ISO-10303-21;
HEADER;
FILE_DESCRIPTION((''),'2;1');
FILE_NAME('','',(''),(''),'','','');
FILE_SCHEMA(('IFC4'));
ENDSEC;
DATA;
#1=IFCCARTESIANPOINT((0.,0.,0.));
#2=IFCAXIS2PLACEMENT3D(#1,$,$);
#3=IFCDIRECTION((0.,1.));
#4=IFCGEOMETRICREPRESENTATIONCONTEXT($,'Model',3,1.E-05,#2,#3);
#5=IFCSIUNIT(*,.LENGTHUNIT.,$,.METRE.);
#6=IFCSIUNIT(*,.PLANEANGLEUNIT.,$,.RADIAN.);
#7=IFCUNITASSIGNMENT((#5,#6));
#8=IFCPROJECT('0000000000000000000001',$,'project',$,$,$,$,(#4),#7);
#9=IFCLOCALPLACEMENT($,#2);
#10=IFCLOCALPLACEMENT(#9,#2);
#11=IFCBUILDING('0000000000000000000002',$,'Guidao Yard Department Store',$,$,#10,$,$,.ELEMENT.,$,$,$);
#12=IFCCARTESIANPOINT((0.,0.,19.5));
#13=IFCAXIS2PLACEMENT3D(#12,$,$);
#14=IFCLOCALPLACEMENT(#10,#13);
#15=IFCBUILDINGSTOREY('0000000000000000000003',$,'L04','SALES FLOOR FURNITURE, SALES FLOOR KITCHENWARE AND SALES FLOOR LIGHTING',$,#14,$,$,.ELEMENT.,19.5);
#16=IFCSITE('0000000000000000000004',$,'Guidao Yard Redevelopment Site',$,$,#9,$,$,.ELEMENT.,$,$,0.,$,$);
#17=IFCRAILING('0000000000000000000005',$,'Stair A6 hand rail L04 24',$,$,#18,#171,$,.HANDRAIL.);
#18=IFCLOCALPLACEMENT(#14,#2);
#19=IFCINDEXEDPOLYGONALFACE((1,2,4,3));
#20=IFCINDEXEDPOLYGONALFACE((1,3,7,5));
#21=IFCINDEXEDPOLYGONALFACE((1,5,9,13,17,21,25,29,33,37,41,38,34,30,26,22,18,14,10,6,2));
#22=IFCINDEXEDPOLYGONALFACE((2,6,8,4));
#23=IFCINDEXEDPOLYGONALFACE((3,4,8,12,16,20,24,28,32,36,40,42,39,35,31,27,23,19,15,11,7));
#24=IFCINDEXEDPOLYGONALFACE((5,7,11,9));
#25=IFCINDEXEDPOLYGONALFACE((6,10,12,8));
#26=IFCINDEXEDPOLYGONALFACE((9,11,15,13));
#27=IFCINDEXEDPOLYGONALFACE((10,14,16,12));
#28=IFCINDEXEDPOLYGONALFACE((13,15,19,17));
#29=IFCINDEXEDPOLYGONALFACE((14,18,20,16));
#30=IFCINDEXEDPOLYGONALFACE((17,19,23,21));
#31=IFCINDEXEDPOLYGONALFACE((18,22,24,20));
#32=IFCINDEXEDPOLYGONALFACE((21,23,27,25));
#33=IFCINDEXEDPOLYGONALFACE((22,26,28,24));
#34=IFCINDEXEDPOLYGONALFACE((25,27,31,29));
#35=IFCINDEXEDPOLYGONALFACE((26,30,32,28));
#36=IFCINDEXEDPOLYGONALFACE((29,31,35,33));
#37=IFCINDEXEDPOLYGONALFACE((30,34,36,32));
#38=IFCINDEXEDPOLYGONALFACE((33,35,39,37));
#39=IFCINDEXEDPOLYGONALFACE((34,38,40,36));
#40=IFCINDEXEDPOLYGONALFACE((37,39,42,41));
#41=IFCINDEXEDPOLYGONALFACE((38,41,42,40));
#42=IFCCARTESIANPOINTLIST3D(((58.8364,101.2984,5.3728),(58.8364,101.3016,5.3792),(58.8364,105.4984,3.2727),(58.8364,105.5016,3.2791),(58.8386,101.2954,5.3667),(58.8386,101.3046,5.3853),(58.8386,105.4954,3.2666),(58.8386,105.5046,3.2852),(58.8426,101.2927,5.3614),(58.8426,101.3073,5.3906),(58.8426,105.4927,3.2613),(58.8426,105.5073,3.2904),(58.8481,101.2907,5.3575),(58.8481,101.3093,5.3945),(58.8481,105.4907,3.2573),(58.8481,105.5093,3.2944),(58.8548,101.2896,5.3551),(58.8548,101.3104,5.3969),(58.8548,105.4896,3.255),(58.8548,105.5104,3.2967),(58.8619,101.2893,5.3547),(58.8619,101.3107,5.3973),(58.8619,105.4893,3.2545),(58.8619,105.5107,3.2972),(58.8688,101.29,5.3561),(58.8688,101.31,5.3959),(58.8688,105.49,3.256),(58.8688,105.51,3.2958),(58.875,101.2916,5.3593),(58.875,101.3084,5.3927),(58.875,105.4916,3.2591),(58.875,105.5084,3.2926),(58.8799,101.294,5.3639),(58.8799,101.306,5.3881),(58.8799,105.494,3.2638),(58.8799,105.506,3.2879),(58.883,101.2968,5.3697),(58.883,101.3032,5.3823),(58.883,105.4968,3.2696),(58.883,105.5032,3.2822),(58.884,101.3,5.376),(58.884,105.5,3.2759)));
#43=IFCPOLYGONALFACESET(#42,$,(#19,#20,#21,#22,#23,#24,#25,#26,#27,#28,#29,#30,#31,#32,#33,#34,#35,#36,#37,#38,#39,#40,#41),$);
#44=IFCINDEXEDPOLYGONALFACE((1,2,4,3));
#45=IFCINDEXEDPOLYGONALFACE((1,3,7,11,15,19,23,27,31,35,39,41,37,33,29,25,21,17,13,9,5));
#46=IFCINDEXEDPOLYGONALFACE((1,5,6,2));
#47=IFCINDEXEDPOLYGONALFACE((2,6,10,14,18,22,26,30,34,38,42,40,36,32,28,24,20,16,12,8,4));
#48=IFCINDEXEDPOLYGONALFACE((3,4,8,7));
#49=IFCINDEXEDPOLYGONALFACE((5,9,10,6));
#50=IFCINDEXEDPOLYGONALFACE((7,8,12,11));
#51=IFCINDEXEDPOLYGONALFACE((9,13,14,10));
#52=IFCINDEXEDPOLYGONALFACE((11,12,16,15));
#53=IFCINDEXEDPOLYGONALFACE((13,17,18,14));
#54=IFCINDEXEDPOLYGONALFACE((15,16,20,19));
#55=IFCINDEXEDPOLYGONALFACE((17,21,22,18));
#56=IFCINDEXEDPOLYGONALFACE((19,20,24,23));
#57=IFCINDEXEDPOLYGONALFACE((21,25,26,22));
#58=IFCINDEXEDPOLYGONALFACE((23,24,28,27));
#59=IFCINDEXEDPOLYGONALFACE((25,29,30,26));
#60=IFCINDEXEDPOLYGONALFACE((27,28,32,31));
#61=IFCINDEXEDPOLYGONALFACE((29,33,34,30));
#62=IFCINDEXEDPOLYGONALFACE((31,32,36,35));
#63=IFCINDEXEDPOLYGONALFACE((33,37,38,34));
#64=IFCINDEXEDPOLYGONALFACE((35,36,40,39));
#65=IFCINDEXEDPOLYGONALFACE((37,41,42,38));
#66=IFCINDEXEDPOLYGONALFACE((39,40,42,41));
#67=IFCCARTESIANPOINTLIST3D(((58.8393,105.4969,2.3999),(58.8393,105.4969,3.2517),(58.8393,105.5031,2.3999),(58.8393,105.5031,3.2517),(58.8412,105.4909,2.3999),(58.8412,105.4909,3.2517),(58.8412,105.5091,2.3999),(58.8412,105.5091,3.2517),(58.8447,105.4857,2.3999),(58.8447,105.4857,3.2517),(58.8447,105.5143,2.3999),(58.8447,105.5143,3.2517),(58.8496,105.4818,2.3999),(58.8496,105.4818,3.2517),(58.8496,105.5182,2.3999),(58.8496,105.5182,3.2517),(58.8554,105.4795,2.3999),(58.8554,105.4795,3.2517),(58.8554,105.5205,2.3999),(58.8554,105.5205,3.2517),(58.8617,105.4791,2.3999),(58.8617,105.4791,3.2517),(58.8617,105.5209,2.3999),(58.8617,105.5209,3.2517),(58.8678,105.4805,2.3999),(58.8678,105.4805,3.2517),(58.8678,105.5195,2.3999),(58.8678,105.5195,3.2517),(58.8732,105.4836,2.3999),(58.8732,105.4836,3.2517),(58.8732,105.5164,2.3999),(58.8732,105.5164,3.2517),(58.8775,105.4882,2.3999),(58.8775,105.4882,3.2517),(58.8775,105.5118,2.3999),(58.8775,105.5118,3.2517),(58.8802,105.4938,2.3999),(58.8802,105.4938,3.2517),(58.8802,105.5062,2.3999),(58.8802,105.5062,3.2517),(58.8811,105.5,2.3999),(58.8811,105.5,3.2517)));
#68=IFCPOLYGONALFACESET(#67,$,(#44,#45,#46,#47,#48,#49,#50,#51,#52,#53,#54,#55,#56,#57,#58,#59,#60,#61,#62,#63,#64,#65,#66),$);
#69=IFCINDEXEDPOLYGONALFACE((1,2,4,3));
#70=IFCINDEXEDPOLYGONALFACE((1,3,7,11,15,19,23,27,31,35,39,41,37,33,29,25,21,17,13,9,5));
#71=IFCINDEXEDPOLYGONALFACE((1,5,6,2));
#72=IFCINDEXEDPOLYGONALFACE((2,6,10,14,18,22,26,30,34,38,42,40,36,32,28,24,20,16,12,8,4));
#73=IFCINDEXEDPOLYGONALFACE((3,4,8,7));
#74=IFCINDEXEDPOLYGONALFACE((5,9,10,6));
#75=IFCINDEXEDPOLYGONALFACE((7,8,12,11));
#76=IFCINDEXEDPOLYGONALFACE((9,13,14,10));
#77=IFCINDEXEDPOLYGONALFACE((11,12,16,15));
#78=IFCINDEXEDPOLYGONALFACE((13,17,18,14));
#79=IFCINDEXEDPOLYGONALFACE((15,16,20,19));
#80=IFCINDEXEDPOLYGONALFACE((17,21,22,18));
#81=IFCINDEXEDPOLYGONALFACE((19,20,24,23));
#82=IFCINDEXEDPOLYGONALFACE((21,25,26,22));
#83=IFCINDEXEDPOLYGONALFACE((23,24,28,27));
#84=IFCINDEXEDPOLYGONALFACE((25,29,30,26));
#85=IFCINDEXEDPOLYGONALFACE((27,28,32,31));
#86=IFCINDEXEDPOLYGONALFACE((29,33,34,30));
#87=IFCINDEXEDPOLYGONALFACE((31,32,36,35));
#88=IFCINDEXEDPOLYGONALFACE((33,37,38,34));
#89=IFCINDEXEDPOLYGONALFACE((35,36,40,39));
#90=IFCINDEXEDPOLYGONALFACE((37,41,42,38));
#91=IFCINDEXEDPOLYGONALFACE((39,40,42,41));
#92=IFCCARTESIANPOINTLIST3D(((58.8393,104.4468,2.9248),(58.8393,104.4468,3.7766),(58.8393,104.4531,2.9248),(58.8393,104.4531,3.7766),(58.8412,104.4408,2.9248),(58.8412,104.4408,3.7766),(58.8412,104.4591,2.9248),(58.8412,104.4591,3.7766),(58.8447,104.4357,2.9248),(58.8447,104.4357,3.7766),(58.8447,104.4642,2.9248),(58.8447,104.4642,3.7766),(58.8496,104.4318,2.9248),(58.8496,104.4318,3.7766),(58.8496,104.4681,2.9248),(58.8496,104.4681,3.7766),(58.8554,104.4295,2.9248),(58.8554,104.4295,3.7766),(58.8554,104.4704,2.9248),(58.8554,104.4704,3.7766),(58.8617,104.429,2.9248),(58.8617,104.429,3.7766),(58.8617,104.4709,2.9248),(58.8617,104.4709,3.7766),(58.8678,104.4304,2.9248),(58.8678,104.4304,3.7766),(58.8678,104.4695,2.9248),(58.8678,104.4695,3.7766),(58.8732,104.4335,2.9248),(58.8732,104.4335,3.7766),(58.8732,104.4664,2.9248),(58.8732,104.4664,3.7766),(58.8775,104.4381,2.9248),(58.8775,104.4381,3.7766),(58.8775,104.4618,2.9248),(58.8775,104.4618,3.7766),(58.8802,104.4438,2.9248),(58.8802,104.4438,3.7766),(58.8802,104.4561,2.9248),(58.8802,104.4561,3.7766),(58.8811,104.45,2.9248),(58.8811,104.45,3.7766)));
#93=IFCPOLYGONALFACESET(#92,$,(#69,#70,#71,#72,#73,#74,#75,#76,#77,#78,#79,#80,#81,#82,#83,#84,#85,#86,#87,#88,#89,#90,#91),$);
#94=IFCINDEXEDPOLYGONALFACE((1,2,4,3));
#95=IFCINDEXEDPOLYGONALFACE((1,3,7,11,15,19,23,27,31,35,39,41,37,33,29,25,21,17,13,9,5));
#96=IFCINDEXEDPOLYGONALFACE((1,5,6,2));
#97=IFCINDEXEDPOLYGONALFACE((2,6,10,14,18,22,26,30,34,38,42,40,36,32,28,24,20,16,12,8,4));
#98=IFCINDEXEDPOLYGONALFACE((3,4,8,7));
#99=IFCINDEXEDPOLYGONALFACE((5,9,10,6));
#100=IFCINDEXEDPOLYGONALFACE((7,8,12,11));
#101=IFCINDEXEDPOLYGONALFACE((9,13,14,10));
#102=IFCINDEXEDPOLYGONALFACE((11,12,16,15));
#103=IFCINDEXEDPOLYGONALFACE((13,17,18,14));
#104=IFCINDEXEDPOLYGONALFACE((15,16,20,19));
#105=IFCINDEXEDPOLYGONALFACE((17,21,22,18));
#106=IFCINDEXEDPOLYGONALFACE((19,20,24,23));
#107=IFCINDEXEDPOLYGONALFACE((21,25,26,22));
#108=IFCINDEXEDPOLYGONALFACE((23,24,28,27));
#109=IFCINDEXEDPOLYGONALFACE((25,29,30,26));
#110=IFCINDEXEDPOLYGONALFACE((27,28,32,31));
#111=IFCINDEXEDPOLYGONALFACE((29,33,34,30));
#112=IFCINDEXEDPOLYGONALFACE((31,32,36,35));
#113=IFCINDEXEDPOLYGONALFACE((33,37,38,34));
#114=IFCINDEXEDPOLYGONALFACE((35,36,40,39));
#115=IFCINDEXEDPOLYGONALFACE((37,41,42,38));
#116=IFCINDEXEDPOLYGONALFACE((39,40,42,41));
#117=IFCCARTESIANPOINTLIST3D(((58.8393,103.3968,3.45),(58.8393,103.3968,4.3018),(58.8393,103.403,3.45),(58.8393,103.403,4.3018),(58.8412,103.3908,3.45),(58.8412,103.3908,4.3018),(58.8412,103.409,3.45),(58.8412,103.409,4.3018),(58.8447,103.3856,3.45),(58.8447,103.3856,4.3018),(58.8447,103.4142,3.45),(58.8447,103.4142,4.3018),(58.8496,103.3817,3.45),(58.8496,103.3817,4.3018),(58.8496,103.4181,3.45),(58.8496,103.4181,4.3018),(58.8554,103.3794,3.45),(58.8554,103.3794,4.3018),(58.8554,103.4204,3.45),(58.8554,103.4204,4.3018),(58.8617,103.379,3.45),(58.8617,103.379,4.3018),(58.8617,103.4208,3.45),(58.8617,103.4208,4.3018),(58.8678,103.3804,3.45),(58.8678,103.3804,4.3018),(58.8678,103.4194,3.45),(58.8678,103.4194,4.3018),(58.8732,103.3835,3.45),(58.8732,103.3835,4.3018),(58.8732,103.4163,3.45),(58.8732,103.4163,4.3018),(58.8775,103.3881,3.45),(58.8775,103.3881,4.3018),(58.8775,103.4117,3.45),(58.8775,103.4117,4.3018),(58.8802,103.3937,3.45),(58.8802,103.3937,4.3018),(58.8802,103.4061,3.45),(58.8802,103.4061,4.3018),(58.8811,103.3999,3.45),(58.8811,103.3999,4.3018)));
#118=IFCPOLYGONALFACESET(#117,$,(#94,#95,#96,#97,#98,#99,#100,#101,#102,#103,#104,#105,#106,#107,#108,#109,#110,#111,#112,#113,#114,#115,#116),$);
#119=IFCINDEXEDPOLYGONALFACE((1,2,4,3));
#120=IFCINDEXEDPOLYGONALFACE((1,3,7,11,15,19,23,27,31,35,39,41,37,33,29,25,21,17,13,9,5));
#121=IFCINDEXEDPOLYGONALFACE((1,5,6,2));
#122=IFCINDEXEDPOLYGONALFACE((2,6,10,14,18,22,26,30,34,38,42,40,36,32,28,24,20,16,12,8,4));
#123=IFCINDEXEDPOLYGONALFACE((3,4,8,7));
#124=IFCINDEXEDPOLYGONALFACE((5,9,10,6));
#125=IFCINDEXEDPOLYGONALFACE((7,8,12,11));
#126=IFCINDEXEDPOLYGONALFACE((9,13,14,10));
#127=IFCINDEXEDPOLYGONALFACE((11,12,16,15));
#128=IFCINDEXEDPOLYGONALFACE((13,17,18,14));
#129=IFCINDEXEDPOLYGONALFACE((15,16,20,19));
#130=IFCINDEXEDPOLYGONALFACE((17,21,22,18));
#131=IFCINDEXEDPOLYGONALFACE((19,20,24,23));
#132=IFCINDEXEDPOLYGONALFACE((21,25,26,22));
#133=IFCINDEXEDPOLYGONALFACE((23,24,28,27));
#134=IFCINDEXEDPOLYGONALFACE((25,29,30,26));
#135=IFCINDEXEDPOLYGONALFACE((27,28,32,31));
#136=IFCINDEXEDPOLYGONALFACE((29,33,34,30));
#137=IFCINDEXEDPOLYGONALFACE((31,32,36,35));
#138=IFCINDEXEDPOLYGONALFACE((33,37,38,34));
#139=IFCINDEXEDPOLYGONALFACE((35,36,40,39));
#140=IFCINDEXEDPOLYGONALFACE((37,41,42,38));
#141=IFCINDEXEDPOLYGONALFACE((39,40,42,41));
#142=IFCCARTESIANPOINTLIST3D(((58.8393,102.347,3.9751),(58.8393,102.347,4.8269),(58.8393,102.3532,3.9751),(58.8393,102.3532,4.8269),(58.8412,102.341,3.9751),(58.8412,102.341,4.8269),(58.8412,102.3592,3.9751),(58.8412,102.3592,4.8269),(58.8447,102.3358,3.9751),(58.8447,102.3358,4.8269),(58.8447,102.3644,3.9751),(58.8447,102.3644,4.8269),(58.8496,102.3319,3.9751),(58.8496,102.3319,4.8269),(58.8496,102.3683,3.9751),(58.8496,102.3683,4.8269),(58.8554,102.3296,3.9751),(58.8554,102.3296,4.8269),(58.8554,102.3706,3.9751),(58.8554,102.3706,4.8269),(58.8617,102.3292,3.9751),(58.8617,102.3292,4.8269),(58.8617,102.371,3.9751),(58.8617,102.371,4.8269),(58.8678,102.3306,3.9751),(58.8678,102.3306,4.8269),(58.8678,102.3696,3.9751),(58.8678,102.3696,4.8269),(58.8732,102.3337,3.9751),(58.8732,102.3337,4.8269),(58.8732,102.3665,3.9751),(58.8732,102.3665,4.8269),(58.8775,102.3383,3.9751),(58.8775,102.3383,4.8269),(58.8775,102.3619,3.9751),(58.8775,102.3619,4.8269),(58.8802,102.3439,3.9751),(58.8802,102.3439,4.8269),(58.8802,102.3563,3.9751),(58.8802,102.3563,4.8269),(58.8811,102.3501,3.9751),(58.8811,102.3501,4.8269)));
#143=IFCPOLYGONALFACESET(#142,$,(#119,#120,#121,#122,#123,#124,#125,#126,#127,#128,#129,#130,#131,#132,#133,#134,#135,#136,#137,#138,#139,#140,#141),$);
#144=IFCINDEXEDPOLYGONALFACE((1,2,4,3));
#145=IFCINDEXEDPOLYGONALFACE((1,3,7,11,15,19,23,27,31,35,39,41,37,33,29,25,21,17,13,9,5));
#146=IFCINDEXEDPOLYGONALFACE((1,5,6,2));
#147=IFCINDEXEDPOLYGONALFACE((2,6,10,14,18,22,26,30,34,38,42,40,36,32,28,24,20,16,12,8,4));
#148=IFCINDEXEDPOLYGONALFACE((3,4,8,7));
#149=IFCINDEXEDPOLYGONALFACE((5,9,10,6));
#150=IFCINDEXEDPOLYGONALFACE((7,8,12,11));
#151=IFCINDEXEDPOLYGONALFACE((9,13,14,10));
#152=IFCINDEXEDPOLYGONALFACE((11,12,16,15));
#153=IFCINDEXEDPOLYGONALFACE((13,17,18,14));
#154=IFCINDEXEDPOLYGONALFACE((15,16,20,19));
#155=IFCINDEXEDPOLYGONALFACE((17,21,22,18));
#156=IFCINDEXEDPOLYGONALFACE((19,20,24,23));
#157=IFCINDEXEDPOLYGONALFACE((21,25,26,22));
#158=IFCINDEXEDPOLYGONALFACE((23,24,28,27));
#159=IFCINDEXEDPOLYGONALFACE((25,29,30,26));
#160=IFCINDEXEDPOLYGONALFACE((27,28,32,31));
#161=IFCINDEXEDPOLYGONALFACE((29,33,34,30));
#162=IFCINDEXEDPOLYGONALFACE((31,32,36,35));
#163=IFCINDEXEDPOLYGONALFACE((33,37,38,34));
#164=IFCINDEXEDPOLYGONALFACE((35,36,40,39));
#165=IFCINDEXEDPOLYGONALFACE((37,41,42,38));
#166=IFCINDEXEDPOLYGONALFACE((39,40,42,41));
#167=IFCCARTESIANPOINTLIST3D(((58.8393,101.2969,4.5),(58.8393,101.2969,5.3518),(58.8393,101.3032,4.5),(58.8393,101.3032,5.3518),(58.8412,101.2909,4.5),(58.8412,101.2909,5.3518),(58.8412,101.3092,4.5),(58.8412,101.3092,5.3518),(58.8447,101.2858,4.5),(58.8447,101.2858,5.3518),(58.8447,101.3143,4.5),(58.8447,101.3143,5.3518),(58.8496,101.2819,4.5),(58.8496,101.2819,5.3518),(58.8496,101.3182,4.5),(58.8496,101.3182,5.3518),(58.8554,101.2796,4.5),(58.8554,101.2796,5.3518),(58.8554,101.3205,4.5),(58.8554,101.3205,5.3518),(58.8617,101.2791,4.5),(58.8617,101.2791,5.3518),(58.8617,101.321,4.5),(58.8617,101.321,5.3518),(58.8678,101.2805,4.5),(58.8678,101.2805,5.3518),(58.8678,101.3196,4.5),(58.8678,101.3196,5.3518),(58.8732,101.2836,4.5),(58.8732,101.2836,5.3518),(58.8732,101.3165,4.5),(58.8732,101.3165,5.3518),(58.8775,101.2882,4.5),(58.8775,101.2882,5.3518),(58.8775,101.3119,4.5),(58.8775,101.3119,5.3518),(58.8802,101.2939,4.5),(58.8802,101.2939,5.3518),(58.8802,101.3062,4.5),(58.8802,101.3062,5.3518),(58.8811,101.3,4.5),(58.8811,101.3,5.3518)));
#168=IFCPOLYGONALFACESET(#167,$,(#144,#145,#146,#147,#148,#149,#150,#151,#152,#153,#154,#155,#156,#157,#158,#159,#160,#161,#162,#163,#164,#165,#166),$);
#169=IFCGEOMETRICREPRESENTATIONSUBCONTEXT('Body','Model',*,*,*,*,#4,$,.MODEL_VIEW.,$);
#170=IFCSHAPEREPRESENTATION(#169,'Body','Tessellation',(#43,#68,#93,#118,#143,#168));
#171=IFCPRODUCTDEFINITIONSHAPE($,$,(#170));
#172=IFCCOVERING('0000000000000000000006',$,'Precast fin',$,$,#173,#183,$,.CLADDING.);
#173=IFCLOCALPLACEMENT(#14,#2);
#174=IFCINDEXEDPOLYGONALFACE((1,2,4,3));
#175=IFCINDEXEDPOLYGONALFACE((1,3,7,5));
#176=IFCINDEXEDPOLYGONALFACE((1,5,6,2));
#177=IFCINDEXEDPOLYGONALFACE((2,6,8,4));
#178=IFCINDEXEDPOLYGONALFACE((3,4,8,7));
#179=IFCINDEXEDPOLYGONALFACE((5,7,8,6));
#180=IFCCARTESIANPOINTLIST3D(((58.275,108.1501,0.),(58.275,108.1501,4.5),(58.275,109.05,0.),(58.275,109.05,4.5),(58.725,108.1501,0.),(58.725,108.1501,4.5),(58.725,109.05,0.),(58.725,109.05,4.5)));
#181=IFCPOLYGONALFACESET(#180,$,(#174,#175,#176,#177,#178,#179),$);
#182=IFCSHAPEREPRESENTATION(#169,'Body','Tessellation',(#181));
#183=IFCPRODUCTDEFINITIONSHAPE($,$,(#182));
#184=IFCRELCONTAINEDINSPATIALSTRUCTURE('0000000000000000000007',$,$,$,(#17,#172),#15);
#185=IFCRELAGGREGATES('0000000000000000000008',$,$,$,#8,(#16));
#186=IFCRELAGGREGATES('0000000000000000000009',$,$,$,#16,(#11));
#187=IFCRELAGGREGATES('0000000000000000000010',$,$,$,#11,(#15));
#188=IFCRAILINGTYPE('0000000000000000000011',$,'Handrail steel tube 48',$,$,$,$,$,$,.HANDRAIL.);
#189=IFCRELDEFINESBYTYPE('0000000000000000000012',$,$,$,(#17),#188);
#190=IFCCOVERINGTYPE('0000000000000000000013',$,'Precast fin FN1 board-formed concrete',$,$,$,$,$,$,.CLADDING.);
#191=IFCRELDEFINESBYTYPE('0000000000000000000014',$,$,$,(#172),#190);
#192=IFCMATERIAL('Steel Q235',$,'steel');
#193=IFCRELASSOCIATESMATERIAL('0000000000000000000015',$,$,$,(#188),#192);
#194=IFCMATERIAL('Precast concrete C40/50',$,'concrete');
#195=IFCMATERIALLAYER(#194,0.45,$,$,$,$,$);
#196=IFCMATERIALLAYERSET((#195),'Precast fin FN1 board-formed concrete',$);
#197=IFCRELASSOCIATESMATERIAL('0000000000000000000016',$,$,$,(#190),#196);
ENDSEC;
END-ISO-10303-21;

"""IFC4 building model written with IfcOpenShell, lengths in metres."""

from ifc_helpers import new_model, si_unit, direction, frame, origin, origin_2d, place, context, subcontext, project, spatial, rectangle, circle, extrude, material, layer, layer_set, type_object, element, save


model = new_model("IFC4")

# Units and contexts
model_context = context("Model", 3, precision=1e-05, world=origin(), true_north=direction((0.0, 1.0)))
body_context = subcontext(model_context, "Body", "Model", "MODEL_VIEW")
ifc_project = project(units=[si_unit("LENGTHUNIT", "METRE"), si_unit("PLANEANGLEUNIT", "RADIAN")], contexts=[model_context])

# Site, building, storey
site_placement = place(None, origin())
site = spatial("IfcSite", under=ifc_project, at=site_placement, Name="Guidao Yard Redevelopment Site", CompositionType="ELEMENT", RefElevation=0.0)
building_placement = place(site_placement, origin())
building = spatial("IfcBuilding", under=site, at=building_placement, Name="Guidao Yard Department Store", CompositionType="ELEMENT")
storey_placement = place(building_placement, frame((0.0, 0.0, 19.5)))
storey = spatial("IfcBuildingStorey", under=building, at=storey_placement, Name="L04", Description="SALES FLOOR FURNITURE, SALES FLOOR KITCHENWARE AND SALES FLOOR LIGHTING", CompositionType="ELEMENT", Elevation=19.5)

# Railing
ifc_material_1 = material(Name="Steel Q235", Category="steel")
railing_type_1 = type_object("IfcRailingType", Name="Handrail steel tube 48", PredefinedType="HANDRAIL", material=ifc_material_1)
for number, where, name in (
    (1, (58.8601, 105.5, 2.3999), "Stair A6 hand rail L04 24"),
):
    element("IfcRailing", number, at=place(storey_placement, frame(where)), inside=storey, type_object=railing_type_1, Name=name, PredefinedType="HANDRAIL", context=body_context, shape_type="SweptSolid", body=[
        extrude(circle(Radius=0.0239, at=origin_2d()), frame((0.0, 0.0, 0.876), z_axis=(0.0, -0.894417, 0.447234), x_axis=(1.0, 0.0, 0.0)), (0.0, 0.0, 1.0), 4.6958),
        extrude(circle(Radius=0.021, at=origin_2d()), origin(), (0.0, 0.0, 1.0), 0.8518),
        extrude(circle(Radius=0.021, at=origin_2d()), frame((0.0, -1.05, 0.5249)), (0.0, 0.0, 1.0), 0.8518),
        extrude(circle(Radius=0.021, at=origin_2d()), frame((0.0, -2.1001, 1.05)), (0.0, 0.0, 1.0), 0.8518),
        extrude(circle(Radius=0.021, at=origin_2d()), frame((0.0, -3.1499, 1.5752)), (0.0, 0.0, 1.0), 0.8518),
        extrude(circle(Radius=0.021, at=origin_2d()), frame((0.0, -4.2, 2.1001)), (0.0, 0.0, 1.0), 0.8518),
    ])

# Covering
ifc_material_2 = material(Name="Precast concrete C40/50", Category="concrete")
ifc_layer_1 = layer(ifc_material_2, 0.45)
ifc_layer_set_1 = layer_set([ifc_layer_1], Name="Precast fin FN1 board-formed concrete")
covering_type = type_object("IfcCoveringType", Name="Precast fin FN1 board-formed concrete", PredefinedType="CLADDING", material=ifc_layer_set_1)
covering_placement = place(storey_placement, frame((58.5, 108.6001, 0.0), z_axis=(0.0, 0.0, 1.0), x_axis=(1.0, 0.0, 0.0)))
element("IfcCovering", 2, at=covering_placement, inside=storey, type_object=covering_type, Name="Precast fin", PredefinedType="CLADDING", context=body_context, shape_type="SweptSolid", body=[
    extrude(rectangle(XDim=0.45, YDim=0.8999, at=origin_2d()), origin(), (0.0, 0.0, 1.0), 4.5),
])

save(model, "model.ifc")
